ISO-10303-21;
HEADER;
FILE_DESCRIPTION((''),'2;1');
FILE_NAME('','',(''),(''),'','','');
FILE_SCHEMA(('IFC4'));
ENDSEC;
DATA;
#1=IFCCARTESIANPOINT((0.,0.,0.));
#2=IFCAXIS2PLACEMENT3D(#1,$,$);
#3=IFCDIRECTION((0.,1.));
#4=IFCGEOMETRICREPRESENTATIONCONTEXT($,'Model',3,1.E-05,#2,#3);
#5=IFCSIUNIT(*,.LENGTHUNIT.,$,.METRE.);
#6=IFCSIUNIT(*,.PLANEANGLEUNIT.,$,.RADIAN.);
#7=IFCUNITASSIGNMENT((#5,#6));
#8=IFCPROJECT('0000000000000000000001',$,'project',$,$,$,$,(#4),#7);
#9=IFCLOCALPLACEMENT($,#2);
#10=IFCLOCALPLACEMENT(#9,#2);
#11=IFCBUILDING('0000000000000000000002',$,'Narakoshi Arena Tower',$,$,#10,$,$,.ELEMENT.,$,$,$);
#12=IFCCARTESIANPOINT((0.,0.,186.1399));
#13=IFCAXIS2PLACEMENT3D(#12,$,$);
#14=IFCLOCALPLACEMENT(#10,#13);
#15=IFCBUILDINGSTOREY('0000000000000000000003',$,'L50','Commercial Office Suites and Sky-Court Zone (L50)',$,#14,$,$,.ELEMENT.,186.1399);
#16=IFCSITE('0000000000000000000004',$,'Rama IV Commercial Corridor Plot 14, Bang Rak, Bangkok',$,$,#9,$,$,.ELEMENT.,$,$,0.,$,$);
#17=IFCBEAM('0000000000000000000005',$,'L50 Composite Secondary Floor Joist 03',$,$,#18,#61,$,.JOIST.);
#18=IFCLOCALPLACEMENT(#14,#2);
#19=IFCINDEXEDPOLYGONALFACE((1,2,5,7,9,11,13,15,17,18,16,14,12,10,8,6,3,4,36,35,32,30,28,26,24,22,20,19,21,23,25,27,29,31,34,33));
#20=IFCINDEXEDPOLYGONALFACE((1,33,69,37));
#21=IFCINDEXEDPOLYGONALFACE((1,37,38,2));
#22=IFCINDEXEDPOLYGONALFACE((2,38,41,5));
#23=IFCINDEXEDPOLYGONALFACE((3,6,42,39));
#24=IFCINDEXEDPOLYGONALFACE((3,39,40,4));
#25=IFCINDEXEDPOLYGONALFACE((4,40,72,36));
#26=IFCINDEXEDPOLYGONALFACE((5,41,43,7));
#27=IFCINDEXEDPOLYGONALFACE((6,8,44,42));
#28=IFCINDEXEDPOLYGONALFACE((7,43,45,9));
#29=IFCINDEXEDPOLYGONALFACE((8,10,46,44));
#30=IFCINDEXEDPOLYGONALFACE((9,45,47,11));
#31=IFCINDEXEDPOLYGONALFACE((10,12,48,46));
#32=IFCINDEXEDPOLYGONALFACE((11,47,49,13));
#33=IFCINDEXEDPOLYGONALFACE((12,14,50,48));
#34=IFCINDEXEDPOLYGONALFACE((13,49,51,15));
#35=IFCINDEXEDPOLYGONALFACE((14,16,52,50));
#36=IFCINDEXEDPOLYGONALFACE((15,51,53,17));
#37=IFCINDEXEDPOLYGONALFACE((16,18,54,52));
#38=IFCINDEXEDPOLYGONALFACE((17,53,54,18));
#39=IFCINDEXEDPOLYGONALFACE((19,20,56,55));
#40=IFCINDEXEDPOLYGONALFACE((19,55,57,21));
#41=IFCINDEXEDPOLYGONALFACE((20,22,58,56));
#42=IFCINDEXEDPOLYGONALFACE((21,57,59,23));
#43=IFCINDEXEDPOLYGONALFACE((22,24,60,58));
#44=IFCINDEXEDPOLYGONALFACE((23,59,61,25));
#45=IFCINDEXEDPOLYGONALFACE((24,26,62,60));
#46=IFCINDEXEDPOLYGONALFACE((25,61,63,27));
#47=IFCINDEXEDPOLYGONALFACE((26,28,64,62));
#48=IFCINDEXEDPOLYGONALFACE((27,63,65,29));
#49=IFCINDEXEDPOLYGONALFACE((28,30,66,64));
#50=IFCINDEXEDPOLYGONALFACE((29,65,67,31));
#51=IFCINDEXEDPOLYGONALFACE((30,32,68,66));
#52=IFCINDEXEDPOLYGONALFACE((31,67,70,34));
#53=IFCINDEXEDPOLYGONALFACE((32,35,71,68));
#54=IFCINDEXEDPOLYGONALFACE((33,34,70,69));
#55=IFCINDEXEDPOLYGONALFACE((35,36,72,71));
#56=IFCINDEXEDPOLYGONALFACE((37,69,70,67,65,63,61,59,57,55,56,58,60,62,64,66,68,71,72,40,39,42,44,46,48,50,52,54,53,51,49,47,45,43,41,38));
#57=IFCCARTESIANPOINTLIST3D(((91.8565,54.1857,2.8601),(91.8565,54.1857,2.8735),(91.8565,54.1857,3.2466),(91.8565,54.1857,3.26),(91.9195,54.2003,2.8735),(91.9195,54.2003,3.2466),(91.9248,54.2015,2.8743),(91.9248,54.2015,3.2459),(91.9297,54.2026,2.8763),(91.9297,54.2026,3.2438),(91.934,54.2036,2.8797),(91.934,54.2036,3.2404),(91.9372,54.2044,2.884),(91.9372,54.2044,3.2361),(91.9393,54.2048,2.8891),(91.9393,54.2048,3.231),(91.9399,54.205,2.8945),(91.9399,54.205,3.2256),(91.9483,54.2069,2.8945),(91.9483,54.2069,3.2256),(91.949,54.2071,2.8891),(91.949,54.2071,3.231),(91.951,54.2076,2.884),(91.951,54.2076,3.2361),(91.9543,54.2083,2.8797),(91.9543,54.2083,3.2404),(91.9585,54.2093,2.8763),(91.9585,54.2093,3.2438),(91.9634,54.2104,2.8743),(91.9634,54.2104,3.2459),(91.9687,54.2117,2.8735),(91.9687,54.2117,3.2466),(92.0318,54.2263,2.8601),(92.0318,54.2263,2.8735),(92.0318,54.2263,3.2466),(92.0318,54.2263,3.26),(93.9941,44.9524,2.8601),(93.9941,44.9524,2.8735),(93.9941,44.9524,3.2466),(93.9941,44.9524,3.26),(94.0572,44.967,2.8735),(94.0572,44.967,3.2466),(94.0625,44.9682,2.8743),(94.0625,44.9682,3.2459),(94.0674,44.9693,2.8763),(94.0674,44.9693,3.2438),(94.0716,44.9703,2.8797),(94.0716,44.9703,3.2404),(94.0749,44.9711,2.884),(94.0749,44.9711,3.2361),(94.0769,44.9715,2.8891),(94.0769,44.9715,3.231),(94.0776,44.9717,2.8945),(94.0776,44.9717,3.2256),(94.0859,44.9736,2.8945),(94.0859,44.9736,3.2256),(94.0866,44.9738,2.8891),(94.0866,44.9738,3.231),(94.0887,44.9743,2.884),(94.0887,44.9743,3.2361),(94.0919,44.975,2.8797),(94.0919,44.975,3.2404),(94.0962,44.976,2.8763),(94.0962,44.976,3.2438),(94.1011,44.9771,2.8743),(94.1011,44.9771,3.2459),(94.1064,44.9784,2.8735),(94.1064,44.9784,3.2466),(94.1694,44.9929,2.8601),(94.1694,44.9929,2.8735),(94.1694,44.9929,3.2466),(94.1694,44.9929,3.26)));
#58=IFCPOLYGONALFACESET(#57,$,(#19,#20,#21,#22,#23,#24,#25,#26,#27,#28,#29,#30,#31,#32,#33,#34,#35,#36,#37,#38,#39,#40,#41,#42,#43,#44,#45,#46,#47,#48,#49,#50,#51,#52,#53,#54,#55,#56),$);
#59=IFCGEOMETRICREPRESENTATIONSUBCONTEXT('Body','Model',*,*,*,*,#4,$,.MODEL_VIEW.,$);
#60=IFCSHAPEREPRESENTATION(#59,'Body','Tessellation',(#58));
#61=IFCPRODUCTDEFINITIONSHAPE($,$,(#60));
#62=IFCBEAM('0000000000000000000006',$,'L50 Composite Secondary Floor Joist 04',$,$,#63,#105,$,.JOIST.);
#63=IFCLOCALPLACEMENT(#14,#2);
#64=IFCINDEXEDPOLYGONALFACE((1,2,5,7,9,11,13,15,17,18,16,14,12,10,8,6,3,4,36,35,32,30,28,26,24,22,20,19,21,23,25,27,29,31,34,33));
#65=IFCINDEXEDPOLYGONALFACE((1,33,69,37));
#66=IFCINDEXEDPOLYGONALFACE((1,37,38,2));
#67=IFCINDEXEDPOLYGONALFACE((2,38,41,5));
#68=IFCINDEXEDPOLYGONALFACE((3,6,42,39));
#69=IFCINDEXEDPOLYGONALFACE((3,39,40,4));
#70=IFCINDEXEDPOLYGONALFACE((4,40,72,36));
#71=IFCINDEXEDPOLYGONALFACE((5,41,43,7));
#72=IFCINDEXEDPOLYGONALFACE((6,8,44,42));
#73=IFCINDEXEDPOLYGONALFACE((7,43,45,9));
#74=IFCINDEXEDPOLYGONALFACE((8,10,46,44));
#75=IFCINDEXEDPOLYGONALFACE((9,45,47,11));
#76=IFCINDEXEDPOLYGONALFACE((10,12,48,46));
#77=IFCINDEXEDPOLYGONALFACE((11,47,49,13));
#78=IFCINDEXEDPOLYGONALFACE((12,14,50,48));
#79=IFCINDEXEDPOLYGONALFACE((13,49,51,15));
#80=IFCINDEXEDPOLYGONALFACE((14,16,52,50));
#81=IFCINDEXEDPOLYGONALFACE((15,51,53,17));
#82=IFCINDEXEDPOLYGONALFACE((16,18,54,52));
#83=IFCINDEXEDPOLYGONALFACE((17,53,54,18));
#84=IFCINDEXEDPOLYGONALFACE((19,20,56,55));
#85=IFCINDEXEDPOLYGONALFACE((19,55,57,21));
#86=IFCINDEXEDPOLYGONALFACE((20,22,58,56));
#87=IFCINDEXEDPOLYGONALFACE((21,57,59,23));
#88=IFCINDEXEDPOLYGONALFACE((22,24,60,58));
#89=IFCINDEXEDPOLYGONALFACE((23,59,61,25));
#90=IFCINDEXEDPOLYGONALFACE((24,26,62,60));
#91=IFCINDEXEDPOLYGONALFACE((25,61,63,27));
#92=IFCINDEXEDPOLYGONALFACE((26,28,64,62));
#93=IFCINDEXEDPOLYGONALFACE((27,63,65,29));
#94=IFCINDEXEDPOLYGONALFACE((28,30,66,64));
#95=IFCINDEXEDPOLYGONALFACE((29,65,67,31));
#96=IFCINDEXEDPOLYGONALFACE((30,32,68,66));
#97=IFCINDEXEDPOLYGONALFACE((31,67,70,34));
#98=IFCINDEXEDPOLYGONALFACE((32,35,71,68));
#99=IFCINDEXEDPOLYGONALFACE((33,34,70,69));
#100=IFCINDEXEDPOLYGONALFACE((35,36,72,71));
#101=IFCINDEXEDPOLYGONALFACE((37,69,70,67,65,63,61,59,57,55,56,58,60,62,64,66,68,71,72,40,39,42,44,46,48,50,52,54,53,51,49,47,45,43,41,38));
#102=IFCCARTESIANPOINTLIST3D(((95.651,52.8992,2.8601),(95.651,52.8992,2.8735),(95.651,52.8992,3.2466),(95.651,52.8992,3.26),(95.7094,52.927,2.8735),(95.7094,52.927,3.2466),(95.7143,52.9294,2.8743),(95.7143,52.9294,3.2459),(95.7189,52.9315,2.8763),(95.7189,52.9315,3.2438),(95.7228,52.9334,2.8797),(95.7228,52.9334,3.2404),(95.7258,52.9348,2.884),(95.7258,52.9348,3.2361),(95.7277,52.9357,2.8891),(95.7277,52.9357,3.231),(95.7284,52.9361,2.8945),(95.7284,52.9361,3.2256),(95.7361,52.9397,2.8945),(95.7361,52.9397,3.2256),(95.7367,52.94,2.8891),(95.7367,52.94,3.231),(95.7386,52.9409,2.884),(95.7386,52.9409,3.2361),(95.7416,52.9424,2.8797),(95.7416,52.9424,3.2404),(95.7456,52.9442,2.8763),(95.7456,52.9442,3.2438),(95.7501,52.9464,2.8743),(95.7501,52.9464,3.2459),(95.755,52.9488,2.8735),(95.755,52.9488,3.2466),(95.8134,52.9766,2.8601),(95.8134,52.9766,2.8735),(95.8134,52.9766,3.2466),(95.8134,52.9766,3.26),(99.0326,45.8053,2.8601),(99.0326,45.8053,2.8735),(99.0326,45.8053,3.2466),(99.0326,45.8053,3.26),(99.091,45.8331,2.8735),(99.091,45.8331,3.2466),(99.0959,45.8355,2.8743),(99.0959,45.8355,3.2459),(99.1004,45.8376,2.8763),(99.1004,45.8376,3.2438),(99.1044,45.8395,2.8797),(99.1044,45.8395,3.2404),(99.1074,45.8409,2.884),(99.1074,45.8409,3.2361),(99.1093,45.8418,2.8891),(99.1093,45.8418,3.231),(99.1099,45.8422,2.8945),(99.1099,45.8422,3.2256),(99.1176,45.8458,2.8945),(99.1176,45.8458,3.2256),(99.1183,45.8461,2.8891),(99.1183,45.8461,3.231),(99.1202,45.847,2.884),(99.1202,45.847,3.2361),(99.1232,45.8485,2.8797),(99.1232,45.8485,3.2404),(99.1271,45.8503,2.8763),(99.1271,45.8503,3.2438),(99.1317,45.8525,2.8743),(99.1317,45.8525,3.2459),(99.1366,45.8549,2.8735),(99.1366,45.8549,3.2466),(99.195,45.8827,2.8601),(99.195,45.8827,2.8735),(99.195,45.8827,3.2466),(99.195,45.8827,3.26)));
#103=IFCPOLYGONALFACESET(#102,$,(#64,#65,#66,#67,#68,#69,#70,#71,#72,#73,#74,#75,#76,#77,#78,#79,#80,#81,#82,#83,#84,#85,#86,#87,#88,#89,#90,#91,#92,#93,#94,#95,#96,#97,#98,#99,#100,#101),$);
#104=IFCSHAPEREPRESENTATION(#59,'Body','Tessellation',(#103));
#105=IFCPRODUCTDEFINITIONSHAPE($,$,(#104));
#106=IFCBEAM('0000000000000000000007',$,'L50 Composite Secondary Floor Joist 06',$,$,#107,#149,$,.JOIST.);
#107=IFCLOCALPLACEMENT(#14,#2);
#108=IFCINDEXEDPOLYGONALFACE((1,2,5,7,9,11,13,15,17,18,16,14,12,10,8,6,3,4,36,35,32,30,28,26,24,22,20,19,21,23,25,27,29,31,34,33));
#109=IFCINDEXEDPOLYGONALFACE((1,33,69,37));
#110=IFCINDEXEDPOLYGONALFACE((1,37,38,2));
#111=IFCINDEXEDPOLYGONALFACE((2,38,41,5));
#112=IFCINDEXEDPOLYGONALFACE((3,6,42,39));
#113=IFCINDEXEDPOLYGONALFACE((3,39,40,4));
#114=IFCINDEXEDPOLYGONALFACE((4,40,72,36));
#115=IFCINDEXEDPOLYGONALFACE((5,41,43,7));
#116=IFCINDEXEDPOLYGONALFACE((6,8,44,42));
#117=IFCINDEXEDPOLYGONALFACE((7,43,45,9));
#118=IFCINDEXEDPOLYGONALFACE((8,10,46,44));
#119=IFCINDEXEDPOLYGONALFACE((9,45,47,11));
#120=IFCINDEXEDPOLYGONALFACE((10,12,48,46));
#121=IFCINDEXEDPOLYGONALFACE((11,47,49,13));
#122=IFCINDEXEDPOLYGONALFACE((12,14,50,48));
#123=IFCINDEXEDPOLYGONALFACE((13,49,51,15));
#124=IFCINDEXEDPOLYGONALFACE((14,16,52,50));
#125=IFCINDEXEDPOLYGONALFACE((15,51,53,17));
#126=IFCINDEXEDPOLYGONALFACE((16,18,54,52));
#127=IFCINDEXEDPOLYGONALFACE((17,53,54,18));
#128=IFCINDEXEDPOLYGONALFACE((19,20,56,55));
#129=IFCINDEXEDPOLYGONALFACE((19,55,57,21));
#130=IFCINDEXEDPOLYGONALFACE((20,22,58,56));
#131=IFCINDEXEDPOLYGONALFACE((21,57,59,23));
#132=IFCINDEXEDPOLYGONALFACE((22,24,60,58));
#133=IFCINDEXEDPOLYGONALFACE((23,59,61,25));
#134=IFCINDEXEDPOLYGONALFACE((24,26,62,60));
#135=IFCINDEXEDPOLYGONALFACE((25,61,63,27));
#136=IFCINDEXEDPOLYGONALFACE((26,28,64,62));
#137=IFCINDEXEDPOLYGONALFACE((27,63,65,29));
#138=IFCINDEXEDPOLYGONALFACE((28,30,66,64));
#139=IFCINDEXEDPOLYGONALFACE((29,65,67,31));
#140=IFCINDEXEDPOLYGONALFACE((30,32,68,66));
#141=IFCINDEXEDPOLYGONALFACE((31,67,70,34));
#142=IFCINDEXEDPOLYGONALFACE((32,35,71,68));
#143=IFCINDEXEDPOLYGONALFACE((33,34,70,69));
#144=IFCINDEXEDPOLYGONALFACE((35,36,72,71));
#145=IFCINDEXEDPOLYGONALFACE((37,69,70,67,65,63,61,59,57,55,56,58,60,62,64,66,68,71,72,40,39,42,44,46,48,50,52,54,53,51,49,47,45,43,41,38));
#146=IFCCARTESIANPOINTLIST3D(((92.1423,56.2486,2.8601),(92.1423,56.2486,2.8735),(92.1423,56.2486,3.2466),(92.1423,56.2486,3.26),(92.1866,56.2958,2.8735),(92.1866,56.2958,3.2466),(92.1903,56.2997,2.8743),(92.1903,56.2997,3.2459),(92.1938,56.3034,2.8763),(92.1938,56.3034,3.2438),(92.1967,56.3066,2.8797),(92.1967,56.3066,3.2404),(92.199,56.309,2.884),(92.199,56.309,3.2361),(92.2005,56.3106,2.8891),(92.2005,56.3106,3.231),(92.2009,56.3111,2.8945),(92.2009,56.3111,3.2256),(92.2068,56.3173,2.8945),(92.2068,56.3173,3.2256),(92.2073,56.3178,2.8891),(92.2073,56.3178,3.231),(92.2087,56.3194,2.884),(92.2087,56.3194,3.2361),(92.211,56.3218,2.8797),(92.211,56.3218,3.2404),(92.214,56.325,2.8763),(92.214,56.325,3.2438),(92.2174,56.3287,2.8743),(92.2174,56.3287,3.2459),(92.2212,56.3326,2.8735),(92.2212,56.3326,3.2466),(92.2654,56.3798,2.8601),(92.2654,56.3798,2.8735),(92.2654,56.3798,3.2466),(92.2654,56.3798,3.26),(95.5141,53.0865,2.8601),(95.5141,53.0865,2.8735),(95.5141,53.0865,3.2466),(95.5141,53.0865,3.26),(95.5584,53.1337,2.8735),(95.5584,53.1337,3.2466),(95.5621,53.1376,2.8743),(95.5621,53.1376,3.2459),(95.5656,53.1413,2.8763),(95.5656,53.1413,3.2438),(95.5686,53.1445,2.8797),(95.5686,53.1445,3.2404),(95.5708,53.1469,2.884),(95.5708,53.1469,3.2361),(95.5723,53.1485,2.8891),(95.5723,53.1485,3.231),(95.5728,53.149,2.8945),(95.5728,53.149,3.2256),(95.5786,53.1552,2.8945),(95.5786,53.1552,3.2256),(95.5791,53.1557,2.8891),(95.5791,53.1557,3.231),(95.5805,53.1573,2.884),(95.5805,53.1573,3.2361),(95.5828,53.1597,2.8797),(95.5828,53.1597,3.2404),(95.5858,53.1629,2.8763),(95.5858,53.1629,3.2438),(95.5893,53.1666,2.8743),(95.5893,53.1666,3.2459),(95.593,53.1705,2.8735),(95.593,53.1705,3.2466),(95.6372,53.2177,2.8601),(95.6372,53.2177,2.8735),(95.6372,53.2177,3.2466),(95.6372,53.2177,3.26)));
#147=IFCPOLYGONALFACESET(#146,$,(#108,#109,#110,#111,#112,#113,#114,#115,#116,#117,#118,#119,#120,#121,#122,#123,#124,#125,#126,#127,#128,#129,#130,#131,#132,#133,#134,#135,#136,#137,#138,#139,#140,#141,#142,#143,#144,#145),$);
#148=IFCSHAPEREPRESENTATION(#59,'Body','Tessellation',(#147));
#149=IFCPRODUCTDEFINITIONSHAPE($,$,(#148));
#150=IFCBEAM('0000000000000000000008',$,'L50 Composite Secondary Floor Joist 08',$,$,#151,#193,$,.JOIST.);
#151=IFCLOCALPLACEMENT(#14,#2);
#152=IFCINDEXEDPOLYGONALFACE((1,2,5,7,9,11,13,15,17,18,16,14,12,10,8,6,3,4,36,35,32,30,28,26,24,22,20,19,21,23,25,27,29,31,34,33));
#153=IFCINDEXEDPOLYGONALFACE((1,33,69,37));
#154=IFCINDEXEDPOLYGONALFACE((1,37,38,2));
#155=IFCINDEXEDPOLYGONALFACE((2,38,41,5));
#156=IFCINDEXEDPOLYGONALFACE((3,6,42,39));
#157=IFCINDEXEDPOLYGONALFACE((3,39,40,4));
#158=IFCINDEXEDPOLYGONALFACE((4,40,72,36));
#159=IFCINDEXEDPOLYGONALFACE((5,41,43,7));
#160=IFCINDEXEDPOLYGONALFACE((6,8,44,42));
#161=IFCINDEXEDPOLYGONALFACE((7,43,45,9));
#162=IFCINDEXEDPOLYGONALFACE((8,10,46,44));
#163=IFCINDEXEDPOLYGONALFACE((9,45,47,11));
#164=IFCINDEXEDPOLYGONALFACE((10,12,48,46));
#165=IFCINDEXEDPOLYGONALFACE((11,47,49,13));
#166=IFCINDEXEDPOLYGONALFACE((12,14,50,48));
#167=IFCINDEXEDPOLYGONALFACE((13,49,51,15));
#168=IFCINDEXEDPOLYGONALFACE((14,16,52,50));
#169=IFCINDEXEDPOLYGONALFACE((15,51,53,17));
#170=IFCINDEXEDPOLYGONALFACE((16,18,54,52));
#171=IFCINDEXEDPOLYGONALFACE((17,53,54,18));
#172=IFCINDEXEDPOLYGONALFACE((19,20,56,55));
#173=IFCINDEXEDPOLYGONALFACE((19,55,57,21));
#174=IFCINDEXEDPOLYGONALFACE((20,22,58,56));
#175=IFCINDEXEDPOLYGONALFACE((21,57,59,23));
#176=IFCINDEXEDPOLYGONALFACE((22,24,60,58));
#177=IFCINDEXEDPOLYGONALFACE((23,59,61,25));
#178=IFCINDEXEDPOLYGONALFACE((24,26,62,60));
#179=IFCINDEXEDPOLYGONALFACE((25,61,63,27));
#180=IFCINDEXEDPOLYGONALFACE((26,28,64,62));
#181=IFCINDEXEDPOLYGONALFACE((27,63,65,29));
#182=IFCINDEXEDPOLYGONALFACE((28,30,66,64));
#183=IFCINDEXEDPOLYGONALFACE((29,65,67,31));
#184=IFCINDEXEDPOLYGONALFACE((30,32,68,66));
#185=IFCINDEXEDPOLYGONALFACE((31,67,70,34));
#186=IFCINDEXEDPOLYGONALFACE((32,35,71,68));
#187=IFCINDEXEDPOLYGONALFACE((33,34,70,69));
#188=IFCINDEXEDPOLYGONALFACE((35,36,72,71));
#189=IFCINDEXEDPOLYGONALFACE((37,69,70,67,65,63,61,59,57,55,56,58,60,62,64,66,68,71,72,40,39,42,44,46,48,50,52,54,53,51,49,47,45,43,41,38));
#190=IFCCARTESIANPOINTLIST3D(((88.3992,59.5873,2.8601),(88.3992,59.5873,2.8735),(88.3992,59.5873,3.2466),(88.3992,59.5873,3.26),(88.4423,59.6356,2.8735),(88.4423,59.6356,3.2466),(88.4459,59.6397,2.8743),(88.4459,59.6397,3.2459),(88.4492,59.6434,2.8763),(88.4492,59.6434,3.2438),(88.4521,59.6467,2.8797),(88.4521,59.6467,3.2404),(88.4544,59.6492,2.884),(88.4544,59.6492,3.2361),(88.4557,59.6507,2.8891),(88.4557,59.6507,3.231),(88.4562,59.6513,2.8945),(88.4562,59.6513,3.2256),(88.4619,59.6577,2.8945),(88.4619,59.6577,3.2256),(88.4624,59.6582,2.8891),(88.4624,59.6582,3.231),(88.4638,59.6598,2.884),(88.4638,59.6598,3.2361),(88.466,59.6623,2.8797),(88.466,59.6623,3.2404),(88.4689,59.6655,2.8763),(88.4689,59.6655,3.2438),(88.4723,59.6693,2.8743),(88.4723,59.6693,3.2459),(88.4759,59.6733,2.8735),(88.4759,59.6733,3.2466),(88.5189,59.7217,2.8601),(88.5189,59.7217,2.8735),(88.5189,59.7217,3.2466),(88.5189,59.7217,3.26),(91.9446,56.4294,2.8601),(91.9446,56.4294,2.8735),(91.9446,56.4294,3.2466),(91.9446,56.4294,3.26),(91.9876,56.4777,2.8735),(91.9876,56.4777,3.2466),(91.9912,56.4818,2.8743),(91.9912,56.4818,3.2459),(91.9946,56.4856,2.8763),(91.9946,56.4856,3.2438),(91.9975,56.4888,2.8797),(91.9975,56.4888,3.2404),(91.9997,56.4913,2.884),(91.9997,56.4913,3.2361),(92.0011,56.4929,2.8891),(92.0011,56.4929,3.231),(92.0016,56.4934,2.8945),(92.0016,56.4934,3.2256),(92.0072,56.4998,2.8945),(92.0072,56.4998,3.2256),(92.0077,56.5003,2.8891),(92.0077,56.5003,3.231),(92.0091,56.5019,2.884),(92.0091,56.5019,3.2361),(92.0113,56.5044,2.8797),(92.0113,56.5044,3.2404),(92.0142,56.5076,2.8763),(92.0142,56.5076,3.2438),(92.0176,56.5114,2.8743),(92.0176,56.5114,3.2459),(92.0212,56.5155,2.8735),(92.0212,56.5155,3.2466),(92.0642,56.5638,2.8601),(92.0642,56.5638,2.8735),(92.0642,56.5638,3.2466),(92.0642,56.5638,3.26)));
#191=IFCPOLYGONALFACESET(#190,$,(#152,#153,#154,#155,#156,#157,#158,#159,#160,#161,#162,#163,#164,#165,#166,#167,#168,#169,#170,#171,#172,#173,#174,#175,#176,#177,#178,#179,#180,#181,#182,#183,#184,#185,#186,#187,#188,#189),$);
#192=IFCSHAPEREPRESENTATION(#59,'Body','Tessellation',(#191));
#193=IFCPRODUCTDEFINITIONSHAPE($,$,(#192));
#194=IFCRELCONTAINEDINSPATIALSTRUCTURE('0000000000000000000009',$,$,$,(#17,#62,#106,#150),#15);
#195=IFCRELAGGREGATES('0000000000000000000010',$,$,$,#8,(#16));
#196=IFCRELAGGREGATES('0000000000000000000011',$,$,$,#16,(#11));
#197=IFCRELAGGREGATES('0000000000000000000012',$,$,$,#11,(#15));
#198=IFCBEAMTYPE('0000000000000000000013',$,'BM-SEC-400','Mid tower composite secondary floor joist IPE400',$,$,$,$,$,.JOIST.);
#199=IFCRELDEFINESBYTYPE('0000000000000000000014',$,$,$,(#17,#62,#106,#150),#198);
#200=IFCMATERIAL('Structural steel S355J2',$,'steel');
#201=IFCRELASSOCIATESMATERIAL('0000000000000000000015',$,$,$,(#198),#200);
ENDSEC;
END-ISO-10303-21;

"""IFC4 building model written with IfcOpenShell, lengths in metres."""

from ifc_helpers import new_model, si_unit, direction, frame, origin, origin_2d, place, context, subcontext, project, spatial, i_section, extrude, material, material_profile, profile_set, type_object, element, save


model = new_model("IFC4")

# Units and contexts
model_context = context("Model", 3, precision=1e-05, world=origin(), true_north=direction((0.0, 1.0)))
body_context = subcontext(model_context, "Body", "Model", "MODEL_VIEW")
ifc_project = project(units=[si_unit("LENGTHUNIT", "METRE"), si_unit("PLANEANGLEUNIT", "RADIAN")], contexts=[model_context])

# Site, building, storey
site_placement = place(None, origin())
site = spatial("IfcSite", under=ifc_project, at=site_placement, Name="Rama IV Commercial Corridor Plot 14, Bang Rak, Bangkok", CompositionType="ELEMENT", RefElevation=0.0)
building_placement = place(site_placement, origin())
building = spatial("IfcBuilding", under=site, at=building_placement, Name="Narakoshi Arena Tower", CompositionType="ELEMENT")
storey_placement = place(building_placement, frame((0.0, 0.0, 186.1399)))
storey = spatial("IfcBuildingStorey", under=building, at=storey_placement, Name="L50", Description="Commercial Office Suites and Sky-Court Zone (L50)", CompositionType="ELEMENT", Elevation=186.1399)

# Beams
ifc_material_1 = material(Name="Structural steel S355J2", Category="steel")
ifc_material_profile_1 = material_profile(ifc_material_1, i_section(OverallWidth=0.1799, OverallDepth=0.3999, WebThickness=0.0085, FlangeThickness=0.0134, FilletRadius=0.021, at=origin_2d()), Name="IPE400")
ifc_profile_set_1 = profile_set([ifc_material_profile_1], Name="Structural steel S355J2")
beam_type_1 = type_object("IfcBeamType", Name="BM-SEC-400", Description="Mid tower composite secondary floor joist IPE400", PredefinedType="JOIST", material=ifc_profile_set_1)
beam_1_placement = place(storey_placement, frame((94.0818, 44.9727, 3.0601), z_axis=(-0.225552, 0.974231, 0.0), x_axis=(-0.974231, -0.225552, 0.0)))
element("IfcBeam", 1, at=beam_1_placement, inside=storey, type_object=beam_type_1, Name="L50 Composite Secondary Floor Joist 03", PredefinedType="JOIST", context=body_context, shape_type="SweptSolid", body=[
    extrude(i_section(OverallWidth=0.1799, OverallDepth=0.3999, WebThickness=0.0085, FlangeThickness=0.0134, FilletRadius=0.021, at=origin_2d()), origin(), (0.0, 0.0, 1.0), 9.4775),
])
beam_2_placement = place(storey_placement, frame((99.1138, 45.844, 3.0601), z_axis=(-0.430297, 0.902688, 0.0), x_axis=(-0.902688, -0.430297, 0.0)))
element("IfcBeam", 2, at=beam_2_placement, inside=storey, type_object=beam_type_1, Name="L50 Composite Secondary Floor Joist 04", PredefinedType="JOIST", context=body_context, shape_type="SweptSolid", body=[
    extrude(i_section(OverallWidth=0.1799, OverallDepth=0.3999, WebThickness=0.0085, FlangeThickness=0.0134, FilletRadius=0.021, at=origin_2d()), origin(), (0.0, 0.0, 1.0), 7.8586),
])
beam_3_placement = place(storey_placement, frame((95.5757, 53.1521, 3.0601), z_axis=(-0.729427, 0.684059, 0.0), x_axis=(-0.684059, -0.729427, 0.0)))
element("IfcBeam", 3, at=beam_3_placement, inside=storey, type_object=beam_type_1, Name="L50 Composite Secondary Floor Joist 06", PredefinedType="JOIST", context=body_context, shape_type="SweptSolid", body=[
    extrude(i_section(OverallWidth=0.1799, OverallDepth=0.3999, WebThickness=0.0085, FlangeThickness=0.0134, FilletRadius=0.021, at=origin_2d()), origin(), (0.0, 0.0, 1.0), 4.6226),
])
beam_4_placement = place(storey_placement, frame((92.0044, 56.4966, 3.0601), z_axis=(-0.746731, 0.665126, 0.0), x_axis=(-0.665126, -0.746731, 0.0)))
element("IfcBeam", 4, at=beam_4_placement, inside=storey, type_object=beam_type_1, Name="L50 Composite Secondary Floor Joist 08", PredefinedType="JOIST", context=body_context, shape_type="SweptSolid", body=[
    extrude(i_section(OverallWidth=0.1799, OverallDepth=0.3999, WebThickness=0.0085, FlangeThickness=0.0134, FilletRadius=0.021, at=origin_2d()), origin(), (0.0, 0.0, 1.0), 4.7478),
])

save(model, "model.ifc")
